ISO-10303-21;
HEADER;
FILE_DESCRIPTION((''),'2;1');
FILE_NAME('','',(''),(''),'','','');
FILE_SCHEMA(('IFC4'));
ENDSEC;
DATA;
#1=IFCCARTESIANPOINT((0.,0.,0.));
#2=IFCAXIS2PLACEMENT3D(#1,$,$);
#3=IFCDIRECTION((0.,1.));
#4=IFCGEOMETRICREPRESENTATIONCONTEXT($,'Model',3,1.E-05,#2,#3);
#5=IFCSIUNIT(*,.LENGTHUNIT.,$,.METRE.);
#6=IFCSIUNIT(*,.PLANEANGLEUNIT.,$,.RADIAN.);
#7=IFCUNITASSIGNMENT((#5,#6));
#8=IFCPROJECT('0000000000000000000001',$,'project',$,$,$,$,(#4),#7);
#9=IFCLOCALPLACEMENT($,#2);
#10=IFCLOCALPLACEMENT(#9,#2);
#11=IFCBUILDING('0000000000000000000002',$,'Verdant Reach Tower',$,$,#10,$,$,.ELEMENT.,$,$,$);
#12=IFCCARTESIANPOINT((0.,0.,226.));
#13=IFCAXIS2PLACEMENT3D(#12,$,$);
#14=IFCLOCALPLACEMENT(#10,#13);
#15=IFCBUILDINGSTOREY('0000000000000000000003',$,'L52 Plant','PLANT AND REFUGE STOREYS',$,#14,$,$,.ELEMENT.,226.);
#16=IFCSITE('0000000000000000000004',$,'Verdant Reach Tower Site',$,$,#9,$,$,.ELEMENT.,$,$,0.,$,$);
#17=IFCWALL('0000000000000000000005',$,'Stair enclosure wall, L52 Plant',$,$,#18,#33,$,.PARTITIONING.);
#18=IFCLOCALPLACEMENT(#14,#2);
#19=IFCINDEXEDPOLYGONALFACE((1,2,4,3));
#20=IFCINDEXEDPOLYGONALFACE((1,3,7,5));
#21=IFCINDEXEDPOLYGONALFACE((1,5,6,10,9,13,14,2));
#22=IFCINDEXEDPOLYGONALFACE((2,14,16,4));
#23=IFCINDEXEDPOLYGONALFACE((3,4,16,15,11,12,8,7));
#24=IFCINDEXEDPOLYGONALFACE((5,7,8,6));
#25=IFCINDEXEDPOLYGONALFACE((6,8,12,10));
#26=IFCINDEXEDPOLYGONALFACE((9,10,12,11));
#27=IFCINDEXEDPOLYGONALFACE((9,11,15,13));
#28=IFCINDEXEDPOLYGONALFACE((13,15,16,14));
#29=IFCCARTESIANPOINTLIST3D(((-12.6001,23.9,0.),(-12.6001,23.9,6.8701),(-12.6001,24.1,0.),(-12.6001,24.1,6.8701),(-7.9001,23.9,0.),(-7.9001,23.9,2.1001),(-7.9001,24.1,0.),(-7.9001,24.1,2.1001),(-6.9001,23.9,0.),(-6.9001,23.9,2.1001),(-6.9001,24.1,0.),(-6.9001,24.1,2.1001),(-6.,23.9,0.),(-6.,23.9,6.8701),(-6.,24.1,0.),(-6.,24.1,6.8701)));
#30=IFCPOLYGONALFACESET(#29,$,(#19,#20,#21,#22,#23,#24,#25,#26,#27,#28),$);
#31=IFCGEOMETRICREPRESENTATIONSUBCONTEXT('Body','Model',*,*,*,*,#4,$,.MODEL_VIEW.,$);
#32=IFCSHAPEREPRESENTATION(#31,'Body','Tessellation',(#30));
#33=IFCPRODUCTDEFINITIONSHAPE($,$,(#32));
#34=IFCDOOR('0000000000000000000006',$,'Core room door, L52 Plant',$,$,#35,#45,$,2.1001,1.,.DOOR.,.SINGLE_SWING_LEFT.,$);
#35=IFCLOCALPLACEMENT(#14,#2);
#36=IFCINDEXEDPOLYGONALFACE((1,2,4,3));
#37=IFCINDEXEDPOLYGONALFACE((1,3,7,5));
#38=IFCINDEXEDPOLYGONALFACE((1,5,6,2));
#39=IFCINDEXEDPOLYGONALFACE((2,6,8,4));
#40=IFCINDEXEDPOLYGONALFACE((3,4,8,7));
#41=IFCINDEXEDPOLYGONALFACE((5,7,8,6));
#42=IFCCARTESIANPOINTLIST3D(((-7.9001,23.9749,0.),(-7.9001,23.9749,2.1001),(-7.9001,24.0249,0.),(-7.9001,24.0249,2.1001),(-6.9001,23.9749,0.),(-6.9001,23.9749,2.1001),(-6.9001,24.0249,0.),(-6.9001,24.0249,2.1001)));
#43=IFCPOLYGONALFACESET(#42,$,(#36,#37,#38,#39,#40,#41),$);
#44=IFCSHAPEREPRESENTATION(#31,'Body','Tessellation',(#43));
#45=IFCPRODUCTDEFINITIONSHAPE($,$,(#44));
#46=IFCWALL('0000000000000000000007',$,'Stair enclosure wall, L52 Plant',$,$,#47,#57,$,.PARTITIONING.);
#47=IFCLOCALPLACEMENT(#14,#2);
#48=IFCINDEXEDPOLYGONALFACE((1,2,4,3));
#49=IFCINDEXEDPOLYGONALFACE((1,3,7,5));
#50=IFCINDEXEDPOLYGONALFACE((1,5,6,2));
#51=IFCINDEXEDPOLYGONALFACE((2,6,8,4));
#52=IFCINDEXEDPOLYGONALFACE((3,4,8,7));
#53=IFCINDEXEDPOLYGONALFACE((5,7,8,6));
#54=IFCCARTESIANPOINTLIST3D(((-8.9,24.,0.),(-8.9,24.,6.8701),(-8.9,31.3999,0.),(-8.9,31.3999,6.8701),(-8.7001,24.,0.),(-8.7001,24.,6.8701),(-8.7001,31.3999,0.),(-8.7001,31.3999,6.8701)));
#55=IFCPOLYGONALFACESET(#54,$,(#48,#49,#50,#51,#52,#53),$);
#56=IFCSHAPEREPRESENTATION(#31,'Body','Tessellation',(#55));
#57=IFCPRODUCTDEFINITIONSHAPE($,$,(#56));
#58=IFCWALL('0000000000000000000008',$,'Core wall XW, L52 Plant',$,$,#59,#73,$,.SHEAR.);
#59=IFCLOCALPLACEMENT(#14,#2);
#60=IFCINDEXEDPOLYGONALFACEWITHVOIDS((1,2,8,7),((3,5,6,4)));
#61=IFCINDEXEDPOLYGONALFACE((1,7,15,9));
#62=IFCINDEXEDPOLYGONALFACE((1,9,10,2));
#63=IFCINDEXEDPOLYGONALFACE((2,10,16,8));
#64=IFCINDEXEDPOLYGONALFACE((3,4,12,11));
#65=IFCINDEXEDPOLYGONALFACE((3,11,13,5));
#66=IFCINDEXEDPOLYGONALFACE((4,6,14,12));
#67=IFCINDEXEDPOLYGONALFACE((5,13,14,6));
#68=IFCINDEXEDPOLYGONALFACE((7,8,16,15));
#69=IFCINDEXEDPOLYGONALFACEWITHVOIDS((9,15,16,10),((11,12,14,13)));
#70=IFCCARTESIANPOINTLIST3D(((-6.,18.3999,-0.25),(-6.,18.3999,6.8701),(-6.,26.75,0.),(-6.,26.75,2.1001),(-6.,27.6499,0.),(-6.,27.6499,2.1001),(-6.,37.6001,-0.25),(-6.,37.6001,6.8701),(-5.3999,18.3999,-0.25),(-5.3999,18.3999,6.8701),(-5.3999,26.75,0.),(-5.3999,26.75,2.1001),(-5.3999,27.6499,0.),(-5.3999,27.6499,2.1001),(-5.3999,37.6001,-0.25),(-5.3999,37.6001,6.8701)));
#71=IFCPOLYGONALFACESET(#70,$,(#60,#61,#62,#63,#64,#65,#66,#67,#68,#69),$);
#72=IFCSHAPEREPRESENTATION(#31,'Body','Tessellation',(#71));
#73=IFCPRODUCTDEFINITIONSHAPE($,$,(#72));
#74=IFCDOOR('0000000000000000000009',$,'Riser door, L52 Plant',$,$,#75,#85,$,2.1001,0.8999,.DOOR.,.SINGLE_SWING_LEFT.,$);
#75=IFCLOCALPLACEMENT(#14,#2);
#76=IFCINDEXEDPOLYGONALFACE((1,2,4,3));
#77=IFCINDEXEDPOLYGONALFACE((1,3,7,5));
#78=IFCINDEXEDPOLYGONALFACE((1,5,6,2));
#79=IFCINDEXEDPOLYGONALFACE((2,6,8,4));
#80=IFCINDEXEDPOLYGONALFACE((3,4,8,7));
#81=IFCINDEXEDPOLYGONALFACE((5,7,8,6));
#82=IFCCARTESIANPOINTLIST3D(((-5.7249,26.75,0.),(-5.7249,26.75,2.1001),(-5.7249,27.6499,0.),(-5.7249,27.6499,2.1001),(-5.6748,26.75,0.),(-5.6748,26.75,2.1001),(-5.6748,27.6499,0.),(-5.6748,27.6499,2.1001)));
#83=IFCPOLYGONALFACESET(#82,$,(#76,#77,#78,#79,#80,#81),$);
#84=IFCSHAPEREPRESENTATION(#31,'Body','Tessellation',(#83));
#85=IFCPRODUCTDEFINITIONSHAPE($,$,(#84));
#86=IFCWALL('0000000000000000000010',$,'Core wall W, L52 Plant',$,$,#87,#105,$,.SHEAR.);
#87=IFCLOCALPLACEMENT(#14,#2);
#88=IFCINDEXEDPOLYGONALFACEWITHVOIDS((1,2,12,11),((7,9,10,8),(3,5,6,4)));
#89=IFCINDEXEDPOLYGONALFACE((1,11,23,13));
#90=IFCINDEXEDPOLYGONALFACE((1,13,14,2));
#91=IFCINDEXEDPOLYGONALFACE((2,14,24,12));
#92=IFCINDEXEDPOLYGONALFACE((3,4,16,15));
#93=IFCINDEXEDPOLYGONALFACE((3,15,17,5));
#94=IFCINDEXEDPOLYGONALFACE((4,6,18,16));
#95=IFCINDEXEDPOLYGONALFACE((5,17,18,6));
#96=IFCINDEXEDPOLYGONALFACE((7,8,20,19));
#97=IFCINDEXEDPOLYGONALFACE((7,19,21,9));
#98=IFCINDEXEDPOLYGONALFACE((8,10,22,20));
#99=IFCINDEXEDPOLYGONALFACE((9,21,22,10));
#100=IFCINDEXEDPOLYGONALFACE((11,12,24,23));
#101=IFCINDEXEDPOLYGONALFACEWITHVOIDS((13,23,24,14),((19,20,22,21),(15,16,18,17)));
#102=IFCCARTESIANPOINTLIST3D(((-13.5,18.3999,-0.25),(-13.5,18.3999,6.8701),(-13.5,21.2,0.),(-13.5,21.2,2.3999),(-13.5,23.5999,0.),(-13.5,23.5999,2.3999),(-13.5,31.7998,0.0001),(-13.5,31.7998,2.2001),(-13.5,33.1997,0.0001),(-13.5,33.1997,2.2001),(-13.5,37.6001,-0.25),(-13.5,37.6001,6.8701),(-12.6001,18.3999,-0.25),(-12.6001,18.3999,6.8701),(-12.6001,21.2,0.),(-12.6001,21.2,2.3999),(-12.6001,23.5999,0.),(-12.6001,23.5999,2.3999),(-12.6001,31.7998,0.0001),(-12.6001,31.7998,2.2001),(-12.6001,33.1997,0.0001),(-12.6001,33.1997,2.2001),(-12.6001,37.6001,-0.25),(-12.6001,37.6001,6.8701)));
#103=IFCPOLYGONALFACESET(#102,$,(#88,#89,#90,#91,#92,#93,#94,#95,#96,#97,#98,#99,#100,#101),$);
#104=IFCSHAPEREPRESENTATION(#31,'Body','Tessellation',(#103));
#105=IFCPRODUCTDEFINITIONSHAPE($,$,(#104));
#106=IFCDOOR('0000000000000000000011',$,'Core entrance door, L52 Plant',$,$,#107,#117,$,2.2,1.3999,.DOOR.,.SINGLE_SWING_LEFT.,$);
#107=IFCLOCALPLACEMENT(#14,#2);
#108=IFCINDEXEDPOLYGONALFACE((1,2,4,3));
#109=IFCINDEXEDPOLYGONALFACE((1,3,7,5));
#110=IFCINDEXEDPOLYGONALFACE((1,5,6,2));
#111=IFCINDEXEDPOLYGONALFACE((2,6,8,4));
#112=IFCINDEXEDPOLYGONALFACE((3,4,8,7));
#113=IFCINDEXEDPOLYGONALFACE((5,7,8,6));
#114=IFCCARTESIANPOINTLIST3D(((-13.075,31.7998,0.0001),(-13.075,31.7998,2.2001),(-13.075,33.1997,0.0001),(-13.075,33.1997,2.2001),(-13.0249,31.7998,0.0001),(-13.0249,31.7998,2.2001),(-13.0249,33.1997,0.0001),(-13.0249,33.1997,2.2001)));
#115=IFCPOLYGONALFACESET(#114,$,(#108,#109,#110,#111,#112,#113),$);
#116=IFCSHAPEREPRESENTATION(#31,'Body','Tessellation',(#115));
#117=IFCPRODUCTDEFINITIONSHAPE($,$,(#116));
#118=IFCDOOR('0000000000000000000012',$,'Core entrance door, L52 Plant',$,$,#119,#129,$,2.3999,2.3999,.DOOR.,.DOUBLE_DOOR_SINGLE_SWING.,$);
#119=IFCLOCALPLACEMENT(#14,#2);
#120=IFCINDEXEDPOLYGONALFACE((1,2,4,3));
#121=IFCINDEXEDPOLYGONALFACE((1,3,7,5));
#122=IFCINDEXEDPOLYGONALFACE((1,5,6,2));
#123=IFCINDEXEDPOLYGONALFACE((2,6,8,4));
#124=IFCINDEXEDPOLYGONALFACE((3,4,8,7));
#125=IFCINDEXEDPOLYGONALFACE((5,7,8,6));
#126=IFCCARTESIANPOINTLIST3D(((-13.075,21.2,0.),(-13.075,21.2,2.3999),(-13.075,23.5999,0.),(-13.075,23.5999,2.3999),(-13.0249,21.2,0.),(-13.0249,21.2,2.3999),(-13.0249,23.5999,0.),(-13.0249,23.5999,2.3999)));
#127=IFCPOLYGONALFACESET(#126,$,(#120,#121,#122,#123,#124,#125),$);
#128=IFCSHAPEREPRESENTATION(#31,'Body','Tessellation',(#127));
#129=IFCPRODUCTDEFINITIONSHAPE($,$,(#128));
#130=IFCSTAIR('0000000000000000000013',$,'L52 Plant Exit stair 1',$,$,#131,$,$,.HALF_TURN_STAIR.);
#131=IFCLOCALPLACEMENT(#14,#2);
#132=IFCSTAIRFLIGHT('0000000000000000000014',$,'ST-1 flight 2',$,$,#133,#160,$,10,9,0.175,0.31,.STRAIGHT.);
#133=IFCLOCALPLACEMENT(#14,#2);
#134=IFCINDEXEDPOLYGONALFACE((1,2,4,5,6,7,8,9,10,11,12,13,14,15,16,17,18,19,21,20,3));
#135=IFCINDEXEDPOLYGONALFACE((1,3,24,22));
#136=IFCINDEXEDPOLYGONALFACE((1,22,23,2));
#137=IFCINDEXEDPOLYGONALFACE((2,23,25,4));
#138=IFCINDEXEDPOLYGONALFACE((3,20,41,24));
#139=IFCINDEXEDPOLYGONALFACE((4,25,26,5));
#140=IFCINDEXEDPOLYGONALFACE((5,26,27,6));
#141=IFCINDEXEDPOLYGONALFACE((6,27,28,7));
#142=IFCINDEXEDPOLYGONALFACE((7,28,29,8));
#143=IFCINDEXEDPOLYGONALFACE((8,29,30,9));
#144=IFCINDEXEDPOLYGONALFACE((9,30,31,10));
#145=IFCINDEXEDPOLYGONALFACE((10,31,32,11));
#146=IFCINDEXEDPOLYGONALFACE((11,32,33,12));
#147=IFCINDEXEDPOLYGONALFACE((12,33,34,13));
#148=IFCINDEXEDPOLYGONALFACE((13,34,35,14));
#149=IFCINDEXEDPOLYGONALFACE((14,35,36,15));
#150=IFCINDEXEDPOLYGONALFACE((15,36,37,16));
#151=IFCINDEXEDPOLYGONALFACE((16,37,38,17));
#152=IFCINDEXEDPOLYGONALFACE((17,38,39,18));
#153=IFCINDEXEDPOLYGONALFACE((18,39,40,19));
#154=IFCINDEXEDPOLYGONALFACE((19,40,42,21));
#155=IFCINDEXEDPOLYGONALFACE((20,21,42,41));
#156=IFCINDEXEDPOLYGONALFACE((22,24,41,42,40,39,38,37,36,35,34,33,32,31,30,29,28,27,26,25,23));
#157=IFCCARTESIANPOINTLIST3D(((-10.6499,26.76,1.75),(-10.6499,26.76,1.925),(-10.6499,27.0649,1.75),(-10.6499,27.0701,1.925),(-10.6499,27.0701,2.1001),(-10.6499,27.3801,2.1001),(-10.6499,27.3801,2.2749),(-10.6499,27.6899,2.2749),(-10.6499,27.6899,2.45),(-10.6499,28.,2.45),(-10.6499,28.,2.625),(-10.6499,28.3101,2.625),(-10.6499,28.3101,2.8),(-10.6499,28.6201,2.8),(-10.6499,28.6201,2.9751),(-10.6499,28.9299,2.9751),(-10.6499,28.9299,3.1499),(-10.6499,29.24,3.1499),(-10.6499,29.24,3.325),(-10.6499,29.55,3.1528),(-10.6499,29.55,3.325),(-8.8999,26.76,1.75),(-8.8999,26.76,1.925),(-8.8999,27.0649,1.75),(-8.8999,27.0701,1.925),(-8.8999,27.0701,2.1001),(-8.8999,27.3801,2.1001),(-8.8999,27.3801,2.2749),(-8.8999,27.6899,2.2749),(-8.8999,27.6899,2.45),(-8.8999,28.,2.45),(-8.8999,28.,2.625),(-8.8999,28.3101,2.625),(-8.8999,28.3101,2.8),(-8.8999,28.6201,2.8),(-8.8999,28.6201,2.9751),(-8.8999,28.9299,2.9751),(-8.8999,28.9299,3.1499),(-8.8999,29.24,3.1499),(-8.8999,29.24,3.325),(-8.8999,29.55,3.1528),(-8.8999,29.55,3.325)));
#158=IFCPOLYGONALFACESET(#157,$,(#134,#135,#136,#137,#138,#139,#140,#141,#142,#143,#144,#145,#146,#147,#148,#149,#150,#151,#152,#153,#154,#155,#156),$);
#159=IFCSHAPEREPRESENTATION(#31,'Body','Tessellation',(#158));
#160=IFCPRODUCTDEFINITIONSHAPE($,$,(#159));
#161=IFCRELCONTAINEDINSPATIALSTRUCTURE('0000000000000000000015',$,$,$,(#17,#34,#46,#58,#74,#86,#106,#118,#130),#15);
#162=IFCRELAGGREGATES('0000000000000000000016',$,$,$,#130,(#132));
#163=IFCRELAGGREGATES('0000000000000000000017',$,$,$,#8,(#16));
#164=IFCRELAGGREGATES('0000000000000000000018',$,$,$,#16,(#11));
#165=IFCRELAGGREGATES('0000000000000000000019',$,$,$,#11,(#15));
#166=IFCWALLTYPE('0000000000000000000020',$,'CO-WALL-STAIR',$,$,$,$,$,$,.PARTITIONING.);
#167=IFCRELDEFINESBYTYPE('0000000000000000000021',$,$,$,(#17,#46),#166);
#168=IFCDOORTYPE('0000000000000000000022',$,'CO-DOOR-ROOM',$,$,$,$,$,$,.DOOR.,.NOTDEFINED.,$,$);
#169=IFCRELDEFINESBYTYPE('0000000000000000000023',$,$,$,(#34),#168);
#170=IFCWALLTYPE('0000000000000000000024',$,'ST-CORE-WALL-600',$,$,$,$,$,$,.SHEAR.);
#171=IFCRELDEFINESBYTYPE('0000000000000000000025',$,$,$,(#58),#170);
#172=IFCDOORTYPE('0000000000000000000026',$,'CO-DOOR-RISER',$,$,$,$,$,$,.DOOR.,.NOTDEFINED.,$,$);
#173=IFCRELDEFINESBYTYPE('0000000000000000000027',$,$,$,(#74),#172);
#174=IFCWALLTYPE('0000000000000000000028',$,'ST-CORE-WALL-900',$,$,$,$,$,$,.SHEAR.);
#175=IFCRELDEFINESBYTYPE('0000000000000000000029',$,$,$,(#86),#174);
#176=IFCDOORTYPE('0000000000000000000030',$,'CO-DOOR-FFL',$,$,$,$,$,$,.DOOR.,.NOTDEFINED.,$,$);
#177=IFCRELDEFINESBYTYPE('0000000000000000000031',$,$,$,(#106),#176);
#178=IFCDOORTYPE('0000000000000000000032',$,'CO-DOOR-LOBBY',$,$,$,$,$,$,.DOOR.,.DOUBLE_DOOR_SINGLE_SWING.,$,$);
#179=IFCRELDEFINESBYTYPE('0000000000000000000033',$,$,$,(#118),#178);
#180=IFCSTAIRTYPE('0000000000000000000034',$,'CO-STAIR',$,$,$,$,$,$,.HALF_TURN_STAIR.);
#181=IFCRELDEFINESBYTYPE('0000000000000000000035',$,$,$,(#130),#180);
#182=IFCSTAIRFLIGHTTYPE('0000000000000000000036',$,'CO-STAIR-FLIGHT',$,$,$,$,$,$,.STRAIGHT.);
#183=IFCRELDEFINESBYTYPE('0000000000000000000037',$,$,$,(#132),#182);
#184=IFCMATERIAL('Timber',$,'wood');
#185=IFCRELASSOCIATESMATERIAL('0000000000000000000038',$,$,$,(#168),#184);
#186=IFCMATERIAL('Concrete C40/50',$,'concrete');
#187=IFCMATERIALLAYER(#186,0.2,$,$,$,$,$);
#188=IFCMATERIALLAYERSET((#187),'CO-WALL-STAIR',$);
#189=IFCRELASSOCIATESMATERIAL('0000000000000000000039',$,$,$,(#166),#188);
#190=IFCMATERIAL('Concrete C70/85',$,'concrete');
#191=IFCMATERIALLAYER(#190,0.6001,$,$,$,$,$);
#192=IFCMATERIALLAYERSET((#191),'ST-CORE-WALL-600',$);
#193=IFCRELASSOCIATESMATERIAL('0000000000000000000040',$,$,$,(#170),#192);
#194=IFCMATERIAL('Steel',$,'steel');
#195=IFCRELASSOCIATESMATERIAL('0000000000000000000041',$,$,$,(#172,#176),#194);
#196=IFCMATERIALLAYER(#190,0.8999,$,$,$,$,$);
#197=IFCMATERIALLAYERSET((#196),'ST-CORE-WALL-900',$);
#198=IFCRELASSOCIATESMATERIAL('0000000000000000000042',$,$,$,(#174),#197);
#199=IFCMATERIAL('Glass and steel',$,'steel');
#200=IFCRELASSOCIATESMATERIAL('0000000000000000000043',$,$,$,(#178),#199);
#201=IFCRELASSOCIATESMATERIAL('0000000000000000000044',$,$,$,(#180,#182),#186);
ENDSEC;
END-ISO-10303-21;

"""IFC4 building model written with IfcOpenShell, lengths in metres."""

from ifc_helpers import new_model, si_unit, direction, frame, frame_2d, origin, place, context, subcontext, project, spatial, polyline, rectangle, outline, extrude, material, layer, layer_set, type_object, element, fill, aggregate, save


model = new_model("IFC4")

# Units and contexts
model_context = context("Model", 3, precision=1e-05, world=origin(), true_north=direction((0.0, 1.0)))
body_context = subcontext(model_context, "Body", "Model", "MODEL_VIEW")
ifc_project = project(units=[si_unit("LENGTHUNIT", "METRE"), si_unit("PLANEANGLEUNIT", "RADIAN")], contexts=[model_context])

# Site, building, storey
site_placement = place(None, origin())
site = spatial("IfcSite", under=ifc_project, at=site_placement, Name="Verdant Reach Tower Site", CompositionType="ELEMENT", RefElevation=0.0)
building_placement = place(site_placement, origin())
building = spatial("IfcBuilding", under=site, at=building_placement, Name="Verdant Reach Tower", CompositionType="ELEMENT")
storey_placement = place(building_placement, frame((0.0, 0.0, 226.0)))
storey = spatial("IfcBuildingStorey", under=building, at=storey_placement, Name="L52 Plant", Description="PLANT AND REFUGE STOREYS", CompositionType="ELEMENT", Elevation=226.0)

# Shared definitions
ifc_material_1 = material(Name="Timber", Category="wood")
door_type_1 = type_object("IfcDoorType", Name="CO-DOOR-ROOM", OperationType="NOTDEFINED", PredefinedType="DOOR", material=ifc_material_1)

# Shared definitions
ifc_material_2 = material(Name="Concrete C40/50", Category="concrete")

# Wall, opening, door
ifc_layer_1 = layer(ifc_material_2, 0.2)
ifc_layer_set_1 = layer_set([ifc_layer_1], Name="CO-WALL-STAIR")
wall_type_1 = type_object("IfcWallType", Name="CO-WALL-STAIR", PredefinedType="PARTITIONING", material=ifc_layer_set_1)
wall_1_placement = place(storey_placement, frame((-12.6001, 24.0, 0.0), z_axis=(0.0, 0.0, 1.0), x_axis=(1.0, 0.0, 0.0)))
wall_1 = element("IfcWall", 1, at=wall_1_placement, inside=storey, type_object=wall_type_1, Name="Stair enclosure wall, L52 Plant", PredefinedType="PARTITIONING", context=body_context, shape_type="SweptSolid", body=[
    extrude(rectangle(XDim=6.6001, YDim=0.2, at=frame_2d((3.3, 0.0))), origin(), (0.0, 0.0, 1.0), 6.8701),
])
opening_1_placement = place(wall_1_placement, frame((4.7, 0.0, 0.0)))
opening_1 = element("IfcOpeningElement", 2, at=opening_1_placement, cuts=wall_1, PredefinedType="OPENING", context=body_context, shape_type="SweptSolid", body=[
    extrude(rectangle(XDim=1.0, YDim=2.1001, at=frame_2d((0.5, 1.05))), frame((0.0, 0.1099, 0.0), z_axis=(0.0, -1.0, 0.0), x_axis=(1.0, 0.0, 0.0)), (0.0, 0.0, 1.0), 0.22),
])
door_1_placement = place(opening_1_placement, origin())
door_1 = element("IfcDoor", 3, at=door_1_placement, inside=storey, type_object=door_type_1, Name="Core room door, L52 Plant", OperationType="SINGLE_SWING_LEFT", OverallHeight=2.1001, OverallWidth=1.0, PredefinedType="DOOR", context=body_context, shape_type="SweptSolid", body=[
    extrude(rectangle(XDim=1.0, YDim=2.1001, at=frame_2d((0.5, 1.05))), frame((0.0, 0.0249, 0.0), z_axis=(0.0, -1.0, 0.0), x_axis=(1.0, 0.0, 0.0)), (0.0, 0.0, 1.0), 0.05),
])
fill(opening_1, door_1)

# Wall
wall_2_placement = place(storey_placement, frame((-8.8, 24.0, 0.0), z_axis=(0.0, 0.0, 1.0), x_axis=(0.0, 1.0, 0.0)))
element("IfcWall", 4, at=wall_2_placement, inside=storey, type_object=wall_type_1, Name="Stair enclosure wall, L52 Plant", PredefinedType="PARTITIONING", context=body_context, shape_type="SweptSolid", body=[
    extrude(rectangle(XDim=7.3999, YDim=0.2, at=frame_2d((3.7, 0.0))), origin(), (0.0, 0.0, 1.0), 6.8701),
])

# Wall, opening, door
ifc_material_3 = material(Name="Concrete C70/85", Category="concrete")
ifc_layer_2 = layer(ifc_material_3, 0.6001)
ifc_layer_set_2 = layer_set([ifc_layer_2], Name="ST-CORE-WALL-600")
wall_type_2 = type_object("IfcWallType", Name="ST-CORE-WALL-600", PredefinedType="SHEAR", material=ifc_layer_set_2)
wall_3_placement = place(storey_placement, frame((-5.7, 18.3999, -0.25), z_axis=(0.0, 0.0, 1.0), x_axis=(0.0, 1.0, 0.0)))
wall_3 = element("IfcWall", 5, at=wall_3_placement, inside=storey, type_object=wall_type_2, Name="Core wall XW, L52 Plant", PredefinedType="SHEAR", context=body_context, shape_type="SweptSolid", body=[
    extrude(rectangle(XDim=19.2002, YDim=0.6001, at=frame_2d((9.6001, 0.0))), origin(), (0.0, 0.0, 1.0), 7.1201),
])
opening_2_placement = place(wall_3_placement, frame((8.3501, 0.0, 0.25)))
opening_2 = element("IfcOpeningElement", 6, at=opening_2_placement, cuts=wall_3, PredefinedType="OPENING", context=body_context, shape_type="SweptSolid", body=[
    extrude(rectangle(XDim=0.8999, YDim=2.1001, at=frame_2d((0.45, 1.05))), frame((0.0, 0.3101, 0.0), z_axis=(0.0, -1.0, 0.0), x_axis=(1.0, 0.0, 0.0)), (0.0, 0.0, 1.0), 0.6201),
])
ifc_material_4 = material(Name="Steel", Category="steel")
door_type_2 = type_object("IfcDoorType", Name="CO-DOOR-RISER", OperationType="NOTDEFINED", PredefinedType="DOOR", material=ifc_material_4)
door_2_placement = place(opening_2_placement, origin())
door_2 = element("IfcDoor", 7, at=door_2_placement, inside=storey, type_object=door_type_2, Name="Riser door, L52 Plant", OperationType="SINGLE_SWING_LEFT", OverallHeight=2.1001, OverallWidth=0.8999, PredefinedType="DOOR", context=body_context, shape_type="SweptSolid", body=[
    extrude(rectangle(XDim=0.8999, YDim=2.1001, at=frame_2d((0.45, 1.05))), frame((0.0, 0.0249, 0.0), z_axis=(0.0, -1.0, 0.0), x_axis=(1.0, 0.0, 0.0)), (0.0, 0.0, 1.0), 0.05),
])
fill(opening_2, door_2)

# Wall, openings, doors
ifc_layer_3 = layer(ifc_material_3, 0.8999)
ifc_layer_set_3 = layer_set([ifc_layer_3], Name="ST-CORE-WALL-900")
wall_type_3 = type_object("IfcWallType", Name="ST-CORE-WALL-900", PredefinedType="SHEAR", material=ifc_layer_set_3)
wall_4_placement = place(storey_placement, frame((-13.05, 18.3999, -0.25), z_axis=(0.0, 0.0, 1.0), x_axis=(0.0, 1.0, 0.0)))
wall_4 = element("IfcWall", 8, at=wall_4_placement, inside=storey, type_object=wall_type_3, Name="Core wall W, L52 Plant", PredefinedType="SHEAR", context=body_context, shape_type="SweptSolid", body=[
    extrude(rectangle(XDim=19.2002, YDim=0.8999, at=frame_2d((9.6001, 0.0))), origin(), (0.0, 0.0, 1.0), 7.1201),
])
opening_3_placement = place(wall_4_placement, frame((2.8, 0.0, 0.25)))
opening_3 = element("IfcOpeningElement", 9, at=opening_3_placement, cuts=wall_4, PredefinedType="OPENING", context=body_context, shape_type="SweptSolid", body=[
    extrude(rectangle(XDim=2.3999, YDim=2.3999, at=frame_2d((1.2, 1.2))), frame((0.0, 0.46, 0.0), z_axis=(0.0, -1.0, 0.0), x_axis=(1.0, 0.0, 0.0)), (0.0, 0.0, 1.0), 0.9199),
])
opening_4_placement = place(wall_4_placement, frame((13.3999, 0.0, 0.25)))
opening_4 = element("IfcOpeningElement", 10, at=opening_4_placement, cuts=wall_4, PredefinedType="OPENING", context=body_context, shape_type="SweptSolid", body=[
    extrude(rectangle(XDim=1.3999, YDim=2.2, at=frame_2d((0.7, 1.1001))), frame((0.0, 0.46, 0.0), z_axis=(0.0, -1.0, 0.0), x_axis=(1.0, 0.0, 0.0)), (0.0, 0.0, 1.0), 0.9199),
])
door_type_3 = type_object("IfcDoorType", Name="CO-DOOR-FFL", OperationType="NOTDEFINED", PredefinedType="DOOR", material=ifc_material_4)
door_3_placement = place(opening_4_placement, origin())
door_3 = element("IfcDoor", 11, at=door_3_placement, inside=storey, type_object=door_type_3, Name="Core entrance door, L52 Plant", OperationType="SINGLE_SWING_LEFT", OverallHeight=2.2, OverallWidth=1.3999, PredefinedType="DOOR", context=body_context, shape_type="SweptSolid", body=[
    extrude(rectangle(XDim=1.3999, YDim=2.2, at=frame_2d((0.7, 1.1001))), frame((0.0, 0.0249, 0.0), z_axis=(0.0, -1.0, 0.0), x_axis=(1.0, 0.0, 0.0)), (0.0, 0.0, 1.0), 0.05),
])
fill(opening_4, door_3)
ifc_material_5 = material(Name="Glass and steel", Category="steel")
door_type_4 = type_object("IfcDoorType", Name="CO-DOOR-LOBBY", OperationType="DOUBLE_DOOR_SINGLE_SWING", PredefinedType="DOOR", material=ifc_material_5)
door_4_placement = place(opening_3_placement, origin())
door_4 = element("IfcDoor", 12, at=door_4_placement, inside=storey, type_object=door_type_4, Name="Core entrance door, L52 Plant", OperationType="DOUBLE_DOOR_SINGLE_SWING", OverallHeight=2.3999, OverallWidth=2.3999, PredefinedType="DOOR", context=body_context, shape_type="SweptSolid", body=[
    extrude(rectangle(XDim=2.3999, YDim=2.3999, at=frame_2d((1.2, 1.2))), frame((0.0, 0.0249, 0.0), z_axis=(0.0, -1.0, 0.0), x_axis=(1.0, 0.0, 0.0)), (0.0, 0.0, 1.0), 0.05),
])
fill(opening_3, door_4)

# Stair, stair flight
stair_type = type_object("IfcStairType", Name="CO-STAIR", PredefinedType="HALF_TURN_STAIR", material=ifc_material_2)
stair_placement = place(storey_placement, origin())
stair = element("IfcStair", 13, at=stair_placement, inside=storey, type_object=stair_type, Name="L52 Plant Exit stair 1", PredefinedType="HALF_TURN_STAIR")
stair_flight_type = type_object("IfcStairFlightType", Name="CO-STAIR-FLIGHT", PredefinedType="STRAIGHT", material=ifc_material_2)
stair_flight_1_placement = place(storey_placement, frame((-9.7749, 26.76, 1.75), z_axis=(0.0, 0.0, 1.0), x_axis=(0.0, 1.0, 0.0)))
stair_flight_1 = element("IfcStairFlight", 14, at=stair_flight_1_placement, type_object=stair_flight_type, Name="ST-1 flight 2", NumberOfRisers=10, NumberOfTreads=9, PredefinedType="STRAIGHT", RiserHeight=0.175, TreadLength=0.31, context=body_context, shape_type="SweptSolid", body=[
    extrude(outline(polyline([(0.0, 0.0), (0.0, 0.175), (0.3101, 0.175), (0.3101, 0.3501), (0.6201, 0.3501), (0.6201, 0.5249), (0.9299, 0.5249), (0.9299, 0.7), (1.24, 0.7), (1.24, 0.875), (1.55, 0.875), (1.55, 1.05), (1.8601, 1.05), (1.8601, 1.2251), (2.1699, 1.2251), (2.1699, 1.3999), (2.48, 1.3999), (2.48, 1.575), (2.79, 1.575), (2.79, 1.75), (2.79, 1.4028), (0.3049, 0.0), (0.0, 0.0)])), frame((0.0, 0.875, 0.0), z_axis=(0.0, -1.0, 0.0), x_axis=(1.0, 0.0, 0.0)), (0.0, 0.0, 1.0), 1.75),
])
aggregate(stair, [stair_flight_1])

save(model, "model.ifc")
